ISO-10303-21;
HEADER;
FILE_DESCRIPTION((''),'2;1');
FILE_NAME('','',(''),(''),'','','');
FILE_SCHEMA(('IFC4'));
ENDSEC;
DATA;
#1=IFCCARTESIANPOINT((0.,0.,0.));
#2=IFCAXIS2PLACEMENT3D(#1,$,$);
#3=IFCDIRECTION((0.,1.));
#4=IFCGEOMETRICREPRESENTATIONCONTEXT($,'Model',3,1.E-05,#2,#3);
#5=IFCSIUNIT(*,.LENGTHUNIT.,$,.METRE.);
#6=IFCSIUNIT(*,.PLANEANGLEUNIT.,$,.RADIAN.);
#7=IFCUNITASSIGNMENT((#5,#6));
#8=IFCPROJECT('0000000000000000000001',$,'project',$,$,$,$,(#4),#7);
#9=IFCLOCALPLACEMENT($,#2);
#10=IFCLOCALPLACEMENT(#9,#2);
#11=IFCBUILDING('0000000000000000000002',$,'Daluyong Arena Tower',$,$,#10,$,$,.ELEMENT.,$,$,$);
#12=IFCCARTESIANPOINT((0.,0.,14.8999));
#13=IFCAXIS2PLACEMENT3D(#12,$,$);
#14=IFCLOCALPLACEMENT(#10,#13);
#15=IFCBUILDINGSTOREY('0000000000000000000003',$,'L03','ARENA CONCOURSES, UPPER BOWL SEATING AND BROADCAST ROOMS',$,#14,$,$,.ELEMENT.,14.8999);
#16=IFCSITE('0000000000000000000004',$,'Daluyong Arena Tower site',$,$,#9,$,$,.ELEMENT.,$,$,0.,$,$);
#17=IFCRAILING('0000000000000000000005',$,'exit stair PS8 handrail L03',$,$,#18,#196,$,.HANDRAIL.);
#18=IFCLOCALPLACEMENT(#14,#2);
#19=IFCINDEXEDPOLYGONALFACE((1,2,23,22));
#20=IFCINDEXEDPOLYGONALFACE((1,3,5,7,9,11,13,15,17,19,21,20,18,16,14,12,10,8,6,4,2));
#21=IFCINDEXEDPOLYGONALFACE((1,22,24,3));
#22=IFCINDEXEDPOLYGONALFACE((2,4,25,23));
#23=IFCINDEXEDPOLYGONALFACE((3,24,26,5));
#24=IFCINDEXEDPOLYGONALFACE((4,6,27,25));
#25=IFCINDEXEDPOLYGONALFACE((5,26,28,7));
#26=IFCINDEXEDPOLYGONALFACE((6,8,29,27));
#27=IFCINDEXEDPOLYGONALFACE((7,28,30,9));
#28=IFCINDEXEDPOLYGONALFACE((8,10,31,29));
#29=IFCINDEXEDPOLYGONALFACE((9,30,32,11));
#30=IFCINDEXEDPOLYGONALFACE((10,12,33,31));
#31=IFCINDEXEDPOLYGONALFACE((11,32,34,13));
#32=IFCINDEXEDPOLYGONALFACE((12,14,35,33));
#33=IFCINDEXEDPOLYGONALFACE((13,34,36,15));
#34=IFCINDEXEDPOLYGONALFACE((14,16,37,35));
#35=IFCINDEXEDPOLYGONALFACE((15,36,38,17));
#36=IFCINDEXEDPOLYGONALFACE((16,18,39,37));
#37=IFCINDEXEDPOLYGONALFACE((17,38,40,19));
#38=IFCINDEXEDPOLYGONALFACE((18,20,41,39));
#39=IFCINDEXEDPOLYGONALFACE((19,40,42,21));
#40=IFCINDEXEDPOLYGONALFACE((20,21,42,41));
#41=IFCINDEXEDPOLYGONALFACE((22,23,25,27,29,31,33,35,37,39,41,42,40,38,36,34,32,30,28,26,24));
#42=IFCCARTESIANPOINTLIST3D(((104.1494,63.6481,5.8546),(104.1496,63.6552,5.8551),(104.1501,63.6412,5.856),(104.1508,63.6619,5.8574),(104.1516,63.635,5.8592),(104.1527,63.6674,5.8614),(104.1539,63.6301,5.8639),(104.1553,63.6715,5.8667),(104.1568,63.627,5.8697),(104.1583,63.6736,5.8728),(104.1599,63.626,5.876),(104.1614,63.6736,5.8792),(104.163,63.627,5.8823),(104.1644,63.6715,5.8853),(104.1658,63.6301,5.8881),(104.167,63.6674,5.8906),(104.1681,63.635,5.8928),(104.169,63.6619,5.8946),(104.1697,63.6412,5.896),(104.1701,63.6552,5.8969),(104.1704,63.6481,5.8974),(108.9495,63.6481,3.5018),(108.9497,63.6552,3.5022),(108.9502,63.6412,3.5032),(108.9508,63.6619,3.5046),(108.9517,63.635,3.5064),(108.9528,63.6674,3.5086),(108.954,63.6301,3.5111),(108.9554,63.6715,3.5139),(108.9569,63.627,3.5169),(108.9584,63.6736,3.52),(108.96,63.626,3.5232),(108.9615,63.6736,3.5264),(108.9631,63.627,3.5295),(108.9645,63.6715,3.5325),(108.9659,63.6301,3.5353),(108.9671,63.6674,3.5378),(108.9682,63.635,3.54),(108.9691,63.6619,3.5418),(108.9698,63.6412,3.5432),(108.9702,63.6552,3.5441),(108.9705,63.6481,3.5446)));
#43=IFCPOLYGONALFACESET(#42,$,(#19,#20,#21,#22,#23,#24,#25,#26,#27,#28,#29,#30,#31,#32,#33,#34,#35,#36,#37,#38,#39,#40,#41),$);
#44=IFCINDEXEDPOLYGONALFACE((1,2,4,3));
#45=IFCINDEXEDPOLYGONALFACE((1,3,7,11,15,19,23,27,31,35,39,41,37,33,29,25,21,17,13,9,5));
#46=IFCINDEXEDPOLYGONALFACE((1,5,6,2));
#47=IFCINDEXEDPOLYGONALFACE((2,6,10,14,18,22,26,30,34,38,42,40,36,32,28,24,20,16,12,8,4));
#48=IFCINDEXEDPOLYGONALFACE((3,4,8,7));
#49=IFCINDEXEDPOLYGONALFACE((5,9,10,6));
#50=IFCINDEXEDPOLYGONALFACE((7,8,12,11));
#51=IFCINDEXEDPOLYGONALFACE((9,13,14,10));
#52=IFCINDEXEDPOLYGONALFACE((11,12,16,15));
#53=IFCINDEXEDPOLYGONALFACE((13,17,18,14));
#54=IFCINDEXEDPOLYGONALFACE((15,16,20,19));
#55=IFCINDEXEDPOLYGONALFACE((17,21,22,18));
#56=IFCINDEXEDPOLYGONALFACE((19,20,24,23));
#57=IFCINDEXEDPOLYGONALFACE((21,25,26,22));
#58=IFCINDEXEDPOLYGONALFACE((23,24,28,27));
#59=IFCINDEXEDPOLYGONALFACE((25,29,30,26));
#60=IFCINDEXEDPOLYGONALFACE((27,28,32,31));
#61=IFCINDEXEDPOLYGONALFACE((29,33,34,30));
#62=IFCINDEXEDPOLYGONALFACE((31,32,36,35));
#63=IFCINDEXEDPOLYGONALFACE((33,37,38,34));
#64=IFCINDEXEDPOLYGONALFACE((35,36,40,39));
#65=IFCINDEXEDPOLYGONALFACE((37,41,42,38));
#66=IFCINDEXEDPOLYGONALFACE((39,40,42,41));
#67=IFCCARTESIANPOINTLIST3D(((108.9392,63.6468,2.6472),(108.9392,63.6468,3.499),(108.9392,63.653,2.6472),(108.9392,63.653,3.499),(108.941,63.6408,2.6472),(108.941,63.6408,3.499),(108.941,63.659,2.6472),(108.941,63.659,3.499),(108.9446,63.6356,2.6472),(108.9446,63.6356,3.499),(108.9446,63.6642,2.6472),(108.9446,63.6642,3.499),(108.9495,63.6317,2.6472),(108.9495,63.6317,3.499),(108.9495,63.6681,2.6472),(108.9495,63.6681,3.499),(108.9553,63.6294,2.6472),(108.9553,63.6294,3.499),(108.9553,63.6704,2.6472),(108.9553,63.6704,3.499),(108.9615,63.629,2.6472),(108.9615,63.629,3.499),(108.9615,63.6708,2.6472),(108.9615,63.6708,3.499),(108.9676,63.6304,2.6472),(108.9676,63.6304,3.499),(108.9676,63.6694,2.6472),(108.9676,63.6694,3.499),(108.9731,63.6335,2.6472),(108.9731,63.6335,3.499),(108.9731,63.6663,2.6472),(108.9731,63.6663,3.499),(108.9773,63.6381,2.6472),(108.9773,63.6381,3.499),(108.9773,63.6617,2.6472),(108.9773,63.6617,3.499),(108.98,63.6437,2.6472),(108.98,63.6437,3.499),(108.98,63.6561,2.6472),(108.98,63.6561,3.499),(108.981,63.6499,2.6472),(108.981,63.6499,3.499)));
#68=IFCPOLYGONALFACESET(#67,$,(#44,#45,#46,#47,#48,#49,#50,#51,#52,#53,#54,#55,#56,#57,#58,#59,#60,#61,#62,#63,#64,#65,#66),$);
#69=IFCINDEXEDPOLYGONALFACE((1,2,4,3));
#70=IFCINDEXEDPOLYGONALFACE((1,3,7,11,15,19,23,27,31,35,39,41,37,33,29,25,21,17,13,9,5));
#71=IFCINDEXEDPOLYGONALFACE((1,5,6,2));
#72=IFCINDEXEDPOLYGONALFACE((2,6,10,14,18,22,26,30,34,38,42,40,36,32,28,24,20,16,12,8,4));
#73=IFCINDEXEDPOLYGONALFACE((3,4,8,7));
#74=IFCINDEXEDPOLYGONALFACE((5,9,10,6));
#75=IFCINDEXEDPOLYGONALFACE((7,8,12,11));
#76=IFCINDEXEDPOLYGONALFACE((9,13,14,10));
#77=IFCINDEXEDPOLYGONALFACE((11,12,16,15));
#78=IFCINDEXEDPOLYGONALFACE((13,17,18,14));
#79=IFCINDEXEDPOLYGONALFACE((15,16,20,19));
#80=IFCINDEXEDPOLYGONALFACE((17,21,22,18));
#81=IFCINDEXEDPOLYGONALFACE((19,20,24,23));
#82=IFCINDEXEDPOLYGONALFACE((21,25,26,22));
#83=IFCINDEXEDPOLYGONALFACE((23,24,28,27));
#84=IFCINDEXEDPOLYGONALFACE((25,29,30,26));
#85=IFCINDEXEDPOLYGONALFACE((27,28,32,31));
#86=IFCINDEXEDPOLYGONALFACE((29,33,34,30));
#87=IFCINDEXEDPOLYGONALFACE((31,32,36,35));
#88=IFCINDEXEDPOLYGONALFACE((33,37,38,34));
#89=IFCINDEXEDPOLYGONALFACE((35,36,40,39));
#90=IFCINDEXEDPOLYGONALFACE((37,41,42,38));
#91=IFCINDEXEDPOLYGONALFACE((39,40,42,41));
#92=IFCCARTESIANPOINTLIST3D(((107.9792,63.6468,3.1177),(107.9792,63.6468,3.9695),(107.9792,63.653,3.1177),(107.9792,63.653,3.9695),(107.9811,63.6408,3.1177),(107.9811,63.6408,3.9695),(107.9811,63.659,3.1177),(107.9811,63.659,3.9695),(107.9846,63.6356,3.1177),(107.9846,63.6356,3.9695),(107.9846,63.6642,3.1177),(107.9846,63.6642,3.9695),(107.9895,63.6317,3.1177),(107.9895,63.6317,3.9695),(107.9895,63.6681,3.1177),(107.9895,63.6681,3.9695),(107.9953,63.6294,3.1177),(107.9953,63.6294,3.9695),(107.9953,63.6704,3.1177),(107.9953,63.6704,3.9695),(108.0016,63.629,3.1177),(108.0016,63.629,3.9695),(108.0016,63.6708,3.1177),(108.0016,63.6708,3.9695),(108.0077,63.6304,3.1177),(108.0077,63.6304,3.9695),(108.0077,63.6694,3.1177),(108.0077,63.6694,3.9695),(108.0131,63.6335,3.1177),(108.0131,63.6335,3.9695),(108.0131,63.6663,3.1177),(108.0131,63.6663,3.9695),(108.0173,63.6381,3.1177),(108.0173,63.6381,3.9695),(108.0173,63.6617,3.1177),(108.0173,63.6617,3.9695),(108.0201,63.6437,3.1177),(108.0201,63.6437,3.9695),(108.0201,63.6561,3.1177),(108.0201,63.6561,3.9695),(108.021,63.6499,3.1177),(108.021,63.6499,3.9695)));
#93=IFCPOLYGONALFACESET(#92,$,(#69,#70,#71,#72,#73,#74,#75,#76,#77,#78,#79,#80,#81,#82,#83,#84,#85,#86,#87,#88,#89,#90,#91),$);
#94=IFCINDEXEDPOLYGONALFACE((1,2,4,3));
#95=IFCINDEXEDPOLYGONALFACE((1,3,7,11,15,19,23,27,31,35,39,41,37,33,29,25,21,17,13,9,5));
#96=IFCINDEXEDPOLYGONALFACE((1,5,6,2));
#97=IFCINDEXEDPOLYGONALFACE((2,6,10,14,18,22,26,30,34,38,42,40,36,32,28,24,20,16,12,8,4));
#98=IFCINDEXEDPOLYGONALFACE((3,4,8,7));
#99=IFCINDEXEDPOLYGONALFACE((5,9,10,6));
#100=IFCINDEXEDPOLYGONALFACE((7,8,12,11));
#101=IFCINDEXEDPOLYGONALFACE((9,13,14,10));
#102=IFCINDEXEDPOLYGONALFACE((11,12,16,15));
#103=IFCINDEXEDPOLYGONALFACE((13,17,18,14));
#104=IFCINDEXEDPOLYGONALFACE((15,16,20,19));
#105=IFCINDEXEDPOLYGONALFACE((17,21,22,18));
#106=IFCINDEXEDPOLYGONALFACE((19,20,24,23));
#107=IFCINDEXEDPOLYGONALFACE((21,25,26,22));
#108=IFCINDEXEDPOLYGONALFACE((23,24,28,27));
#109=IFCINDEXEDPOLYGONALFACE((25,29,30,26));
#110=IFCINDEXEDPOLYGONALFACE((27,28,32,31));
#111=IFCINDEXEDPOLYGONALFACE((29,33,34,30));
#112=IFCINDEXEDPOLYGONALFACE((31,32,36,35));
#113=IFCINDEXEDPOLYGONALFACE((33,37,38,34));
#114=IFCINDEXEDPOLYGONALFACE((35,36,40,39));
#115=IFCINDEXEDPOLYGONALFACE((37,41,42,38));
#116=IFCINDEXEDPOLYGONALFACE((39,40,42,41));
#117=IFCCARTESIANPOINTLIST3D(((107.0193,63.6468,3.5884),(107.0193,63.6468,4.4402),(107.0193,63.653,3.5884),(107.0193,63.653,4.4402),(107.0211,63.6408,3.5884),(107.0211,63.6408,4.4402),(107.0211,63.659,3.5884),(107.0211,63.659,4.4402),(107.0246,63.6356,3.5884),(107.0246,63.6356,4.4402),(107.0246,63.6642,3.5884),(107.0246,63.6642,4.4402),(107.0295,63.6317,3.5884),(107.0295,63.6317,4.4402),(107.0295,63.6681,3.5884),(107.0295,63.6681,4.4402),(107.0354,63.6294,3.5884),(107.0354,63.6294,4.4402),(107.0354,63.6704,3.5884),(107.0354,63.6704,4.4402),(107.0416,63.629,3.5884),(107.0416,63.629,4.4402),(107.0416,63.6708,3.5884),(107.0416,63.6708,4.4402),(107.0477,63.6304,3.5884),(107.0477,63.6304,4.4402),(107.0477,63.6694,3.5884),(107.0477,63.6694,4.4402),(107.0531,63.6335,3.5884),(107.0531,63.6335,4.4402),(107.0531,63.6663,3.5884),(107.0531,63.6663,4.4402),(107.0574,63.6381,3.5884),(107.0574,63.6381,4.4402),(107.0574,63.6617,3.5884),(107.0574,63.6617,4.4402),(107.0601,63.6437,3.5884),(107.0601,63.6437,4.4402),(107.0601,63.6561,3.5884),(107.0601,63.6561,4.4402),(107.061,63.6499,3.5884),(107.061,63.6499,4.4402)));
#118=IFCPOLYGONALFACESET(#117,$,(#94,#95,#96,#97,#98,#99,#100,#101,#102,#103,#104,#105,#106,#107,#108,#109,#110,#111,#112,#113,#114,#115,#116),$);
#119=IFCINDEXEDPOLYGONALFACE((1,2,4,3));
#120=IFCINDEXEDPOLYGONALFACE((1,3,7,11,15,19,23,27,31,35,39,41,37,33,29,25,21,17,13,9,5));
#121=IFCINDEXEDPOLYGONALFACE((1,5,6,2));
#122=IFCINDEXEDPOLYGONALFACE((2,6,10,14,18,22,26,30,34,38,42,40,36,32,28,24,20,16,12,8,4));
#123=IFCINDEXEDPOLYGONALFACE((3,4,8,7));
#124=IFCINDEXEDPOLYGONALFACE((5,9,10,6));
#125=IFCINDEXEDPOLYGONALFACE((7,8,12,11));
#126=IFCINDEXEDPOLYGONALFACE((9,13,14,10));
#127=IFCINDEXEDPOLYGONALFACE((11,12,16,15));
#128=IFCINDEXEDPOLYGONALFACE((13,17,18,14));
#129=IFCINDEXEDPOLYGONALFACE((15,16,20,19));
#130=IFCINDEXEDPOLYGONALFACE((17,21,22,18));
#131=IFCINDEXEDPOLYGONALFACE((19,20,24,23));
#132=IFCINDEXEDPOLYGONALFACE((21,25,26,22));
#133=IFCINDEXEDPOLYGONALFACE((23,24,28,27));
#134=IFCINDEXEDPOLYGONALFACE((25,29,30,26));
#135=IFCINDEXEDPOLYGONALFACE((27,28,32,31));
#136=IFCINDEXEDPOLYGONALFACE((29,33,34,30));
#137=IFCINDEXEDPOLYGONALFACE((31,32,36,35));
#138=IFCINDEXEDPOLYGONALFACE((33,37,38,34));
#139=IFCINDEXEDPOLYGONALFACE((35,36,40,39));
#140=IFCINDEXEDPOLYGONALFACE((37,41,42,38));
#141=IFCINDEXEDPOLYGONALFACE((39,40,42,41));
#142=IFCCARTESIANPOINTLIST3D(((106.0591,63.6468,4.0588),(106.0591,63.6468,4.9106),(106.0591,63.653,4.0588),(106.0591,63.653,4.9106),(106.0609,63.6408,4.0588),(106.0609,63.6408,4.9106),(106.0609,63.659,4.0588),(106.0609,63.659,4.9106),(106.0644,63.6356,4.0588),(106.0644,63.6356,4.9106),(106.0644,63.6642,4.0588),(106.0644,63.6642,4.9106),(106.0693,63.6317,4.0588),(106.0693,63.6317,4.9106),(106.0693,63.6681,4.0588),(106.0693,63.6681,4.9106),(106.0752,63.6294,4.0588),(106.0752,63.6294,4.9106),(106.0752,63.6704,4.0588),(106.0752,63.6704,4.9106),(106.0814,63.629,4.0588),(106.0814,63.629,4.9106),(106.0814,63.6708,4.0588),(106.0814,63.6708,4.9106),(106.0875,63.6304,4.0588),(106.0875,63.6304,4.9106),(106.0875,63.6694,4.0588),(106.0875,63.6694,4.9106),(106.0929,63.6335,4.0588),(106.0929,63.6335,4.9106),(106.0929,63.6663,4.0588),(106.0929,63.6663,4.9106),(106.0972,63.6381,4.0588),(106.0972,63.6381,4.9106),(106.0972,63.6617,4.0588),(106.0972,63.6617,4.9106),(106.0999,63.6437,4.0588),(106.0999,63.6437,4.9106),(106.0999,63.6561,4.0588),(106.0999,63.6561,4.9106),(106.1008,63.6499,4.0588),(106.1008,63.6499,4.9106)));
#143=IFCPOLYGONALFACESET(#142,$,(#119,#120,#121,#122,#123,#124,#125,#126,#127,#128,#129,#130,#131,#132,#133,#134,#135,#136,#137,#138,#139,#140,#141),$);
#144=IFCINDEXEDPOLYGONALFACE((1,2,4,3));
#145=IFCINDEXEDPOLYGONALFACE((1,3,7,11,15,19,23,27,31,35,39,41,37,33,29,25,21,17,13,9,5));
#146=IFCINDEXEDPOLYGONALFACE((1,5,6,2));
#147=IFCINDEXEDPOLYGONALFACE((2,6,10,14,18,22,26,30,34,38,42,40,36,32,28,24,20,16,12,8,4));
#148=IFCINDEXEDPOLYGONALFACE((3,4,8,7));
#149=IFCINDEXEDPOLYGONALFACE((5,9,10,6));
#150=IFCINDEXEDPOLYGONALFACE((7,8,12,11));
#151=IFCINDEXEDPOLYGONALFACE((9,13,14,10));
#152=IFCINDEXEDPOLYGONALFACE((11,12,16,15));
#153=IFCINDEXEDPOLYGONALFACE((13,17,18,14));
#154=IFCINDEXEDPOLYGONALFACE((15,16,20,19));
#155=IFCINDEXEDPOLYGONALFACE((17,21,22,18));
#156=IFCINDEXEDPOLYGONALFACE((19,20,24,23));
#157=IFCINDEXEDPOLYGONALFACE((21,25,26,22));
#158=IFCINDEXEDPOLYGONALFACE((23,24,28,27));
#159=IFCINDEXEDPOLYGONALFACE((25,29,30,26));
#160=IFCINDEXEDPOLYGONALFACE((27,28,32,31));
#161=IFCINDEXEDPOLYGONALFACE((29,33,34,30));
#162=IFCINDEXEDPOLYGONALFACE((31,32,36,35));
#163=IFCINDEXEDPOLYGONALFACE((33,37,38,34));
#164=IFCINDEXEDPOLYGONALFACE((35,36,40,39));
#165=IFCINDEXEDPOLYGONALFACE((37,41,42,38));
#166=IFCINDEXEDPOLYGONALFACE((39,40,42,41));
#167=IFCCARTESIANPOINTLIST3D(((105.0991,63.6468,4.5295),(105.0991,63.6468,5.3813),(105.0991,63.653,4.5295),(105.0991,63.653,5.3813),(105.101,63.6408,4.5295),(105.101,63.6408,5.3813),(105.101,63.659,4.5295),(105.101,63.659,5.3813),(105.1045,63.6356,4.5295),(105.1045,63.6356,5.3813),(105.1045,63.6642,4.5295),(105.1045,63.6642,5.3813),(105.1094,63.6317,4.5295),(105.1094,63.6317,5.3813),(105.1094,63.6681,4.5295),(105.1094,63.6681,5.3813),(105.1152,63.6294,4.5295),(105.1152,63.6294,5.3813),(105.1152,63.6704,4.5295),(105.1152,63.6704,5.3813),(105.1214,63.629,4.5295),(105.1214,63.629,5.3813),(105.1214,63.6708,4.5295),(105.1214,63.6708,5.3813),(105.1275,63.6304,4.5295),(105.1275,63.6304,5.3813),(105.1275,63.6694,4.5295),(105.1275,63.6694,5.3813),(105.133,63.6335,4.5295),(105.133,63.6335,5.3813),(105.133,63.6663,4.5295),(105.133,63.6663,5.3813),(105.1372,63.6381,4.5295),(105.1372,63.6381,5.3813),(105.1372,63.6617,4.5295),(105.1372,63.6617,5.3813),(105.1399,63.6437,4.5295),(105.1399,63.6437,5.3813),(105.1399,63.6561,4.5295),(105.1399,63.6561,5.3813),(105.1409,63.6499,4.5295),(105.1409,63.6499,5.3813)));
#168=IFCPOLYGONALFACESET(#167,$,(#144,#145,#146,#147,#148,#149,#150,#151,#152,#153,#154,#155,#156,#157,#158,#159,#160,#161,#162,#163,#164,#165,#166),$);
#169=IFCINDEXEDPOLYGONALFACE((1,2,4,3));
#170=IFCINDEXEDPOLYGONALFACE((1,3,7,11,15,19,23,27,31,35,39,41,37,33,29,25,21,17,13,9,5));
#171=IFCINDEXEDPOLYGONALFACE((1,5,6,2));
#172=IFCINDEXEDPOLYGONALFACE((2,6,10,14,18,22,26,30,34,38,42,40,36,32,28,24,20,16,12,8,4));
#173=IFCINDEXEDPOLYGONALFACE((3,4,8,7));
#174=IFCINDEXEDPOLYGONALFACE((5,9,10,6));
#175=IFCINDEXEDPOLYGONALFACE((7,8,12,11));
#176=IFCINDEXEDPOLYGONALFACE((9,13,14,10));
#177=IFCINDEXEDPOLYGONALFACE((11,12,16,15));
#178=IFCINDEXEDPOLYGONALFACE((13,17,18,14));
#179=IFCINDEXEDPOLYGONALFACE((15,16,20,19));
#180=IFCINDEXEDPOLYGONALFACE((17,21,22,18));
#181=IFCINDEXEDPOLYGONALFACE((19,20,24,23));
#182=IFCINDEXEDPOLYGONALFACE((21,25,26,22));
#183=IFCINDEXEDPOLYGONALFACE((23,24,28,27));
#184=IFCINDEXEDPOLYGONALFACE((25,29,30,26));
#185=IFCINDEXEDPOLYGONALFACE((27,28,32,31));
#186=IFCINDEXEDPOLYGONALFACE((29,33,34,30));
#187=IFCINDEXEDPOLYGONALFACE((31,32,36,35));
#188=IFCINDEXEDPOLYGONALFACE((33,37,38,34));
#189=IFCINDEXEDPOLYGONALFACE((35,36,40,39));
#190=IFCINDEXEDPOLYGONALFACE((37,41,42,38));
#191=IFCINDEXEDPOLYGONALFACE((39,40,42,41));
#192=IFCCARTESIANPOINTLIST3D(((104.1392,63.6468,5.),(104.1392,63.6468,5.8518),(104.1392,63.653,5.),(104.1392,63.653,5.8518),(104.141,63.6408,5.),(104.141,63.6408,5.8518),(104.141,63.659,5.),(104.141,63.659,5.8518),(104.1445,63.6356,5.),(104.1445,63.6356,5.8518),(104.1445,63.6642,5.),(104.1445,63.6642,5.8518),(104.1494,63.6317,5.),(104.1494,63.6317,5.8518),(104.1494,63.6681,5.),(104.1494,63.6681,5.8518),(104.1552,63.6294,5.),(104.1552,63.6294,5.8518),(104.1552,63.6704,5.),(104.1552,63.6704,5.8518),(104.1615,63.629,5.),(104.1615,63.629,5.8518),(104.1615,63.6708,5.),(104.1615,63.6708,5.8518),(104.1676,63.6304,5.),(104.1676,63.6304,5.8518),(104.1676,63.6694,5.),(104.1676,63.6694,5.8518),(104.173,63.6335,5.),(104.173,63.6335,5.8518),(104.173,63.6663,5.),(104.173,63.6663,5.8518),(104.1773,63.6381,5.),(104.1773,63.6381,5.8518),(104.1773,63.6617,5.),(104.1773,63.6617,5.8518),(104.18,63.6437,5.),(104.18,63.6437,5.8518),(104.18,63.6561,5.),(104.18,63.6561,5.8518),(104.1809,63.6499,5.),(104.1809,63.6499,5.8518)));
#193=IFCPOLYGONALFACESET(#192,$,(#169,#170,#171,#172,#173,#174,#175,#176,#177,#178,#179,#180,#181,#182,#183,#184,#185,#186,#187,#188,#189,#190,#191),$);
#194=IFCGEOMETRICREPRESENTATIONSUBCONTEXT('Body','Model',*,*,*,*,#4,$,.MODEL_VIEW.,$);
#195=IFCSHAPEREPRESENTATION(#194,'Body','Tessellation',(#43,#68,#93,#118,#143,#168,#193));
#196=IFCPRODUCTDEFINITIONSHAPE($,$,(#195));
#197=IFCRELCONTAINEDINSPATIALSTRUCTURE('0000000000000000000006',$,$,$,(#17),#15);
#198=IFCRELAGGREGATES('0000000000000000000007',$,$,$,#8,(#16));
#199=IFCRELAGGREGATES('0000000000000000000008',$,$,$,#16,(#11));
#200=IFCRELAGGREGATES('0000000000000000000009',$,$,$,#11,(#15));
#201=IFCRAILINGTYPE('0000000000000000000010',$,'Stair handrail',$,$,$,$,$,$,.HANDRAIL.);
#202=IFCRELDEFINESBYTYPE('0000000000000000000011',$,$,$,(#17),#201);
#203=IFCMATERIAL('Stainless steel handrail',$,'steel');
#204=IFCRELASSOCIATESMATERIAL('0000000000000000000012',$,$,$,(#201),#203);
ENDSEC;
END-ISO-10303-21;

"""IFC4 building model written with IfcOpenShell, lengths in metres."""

from ifc_helpers import new_model, si_unit, direction, frame, origin, origin_2d, place, context, subcontext, project, spatial, circle, extrude, material, type_object, element, save


model = new_model("IFC4")

# Units and contexts
model_context = context("Model", 3, precision=1e-05, world=origin(), true_north=direction((0.0, 1.0)))
body_context = subcontext(model_context, "Body", "Model", "MODEL_VIEW")
ifc_project = project(units=[si_unit("LENGTHUNIT", "METRE"), si_unit("PLANEANGLEUNIT", "RADIAN")], contexts=[model_context])

# Site, building, storey
site_placement = place(None, origin())
site = spatial("IfcSite", under=ifc_project, at=site_placement, Name="Daluyong Arena Tower site", CompositionType="ELEMENT", RefElevation=0.0)
building_placement = place(site_placement, origin())
building = spatial("IfcBuilding", under=site, at=building_placement, Name="Daluyong Arena Tower", CompositionType="ELEMENT")
storey_placement = place(building_placement, frame((0.0, 0.0, 14.8999)))
storey = spatial("IfcBuildingStorey", under=building, at=storey_placement, Name="L03", Description="ARENA CONCOURSES, UPPER BOWL SEATING AND BROADCAST ROOMS", CompositionType="ELEMENT", Elevation=14.8999)

# Railing
ifc_material_1 = material(Name="Stainless steel handrail", Category="steel")
railing_type_1 = type_object("IfcRailingType", Name="Stair handrail", PredefinedType="HANDRAIL", material=ifc_material_1)
railing_1_placement = place(storey_placement, frame((108.96, 63.6499, 2.6472)))
element("IfcRailing", 1, at=railing_1_placement, inside=storey, type_object=railing_type_1, Name="exit stair PS8 handrail L03", PredefinedType="HANDRAIL", context=body_context, shape_type="SweptSolid", body=[
    extrude(circle(Radius=0.0239, at=origin_2d()), frame((0.0, 0.0, 0.876), z_axis=(-0.897934, 0.0, 0.44013), x_axis=(0.0, -1.0, 0.0)), (0.0, 0.0, 1.0), 5.3457),
    extrude(circle(Radius=0.021, at=origin_2d()), origin(), (0.0, 0.0, 1.0), 0.8518),
    extrude(circle(Radius=0.021, at=origin_2d()), frame((-0.96, 0.0, 0.4705)), (0.0, 0.0, 1.0), 0.8518),
    extrude(circle(Radius=0.021, at=origin_2d()), frame((-1.9199, 0.0, 0.9412)), (0.0, 0.0, 1.0), 0.8518),
    extrude(circle(Radius=0.021, at=origin_2d()), frame((-2.8801, 0.0, 1.4116)), (0.0, 0.0, 1.0), 0.8518),
    extrude(circle(Radius=0.021, at=origin_2d()), frame((-3.8401, 0.0, 1.8823)), (0.0, 0.0, 1.0), 0.8518),
    extrude(circle(Radius=0.021, at=origin_2d()), frame((-4.8, 0.0, 2.3528)), (0.0, 0.0, 1.0), 0.8518),
])

save(model, "model.ifc")
